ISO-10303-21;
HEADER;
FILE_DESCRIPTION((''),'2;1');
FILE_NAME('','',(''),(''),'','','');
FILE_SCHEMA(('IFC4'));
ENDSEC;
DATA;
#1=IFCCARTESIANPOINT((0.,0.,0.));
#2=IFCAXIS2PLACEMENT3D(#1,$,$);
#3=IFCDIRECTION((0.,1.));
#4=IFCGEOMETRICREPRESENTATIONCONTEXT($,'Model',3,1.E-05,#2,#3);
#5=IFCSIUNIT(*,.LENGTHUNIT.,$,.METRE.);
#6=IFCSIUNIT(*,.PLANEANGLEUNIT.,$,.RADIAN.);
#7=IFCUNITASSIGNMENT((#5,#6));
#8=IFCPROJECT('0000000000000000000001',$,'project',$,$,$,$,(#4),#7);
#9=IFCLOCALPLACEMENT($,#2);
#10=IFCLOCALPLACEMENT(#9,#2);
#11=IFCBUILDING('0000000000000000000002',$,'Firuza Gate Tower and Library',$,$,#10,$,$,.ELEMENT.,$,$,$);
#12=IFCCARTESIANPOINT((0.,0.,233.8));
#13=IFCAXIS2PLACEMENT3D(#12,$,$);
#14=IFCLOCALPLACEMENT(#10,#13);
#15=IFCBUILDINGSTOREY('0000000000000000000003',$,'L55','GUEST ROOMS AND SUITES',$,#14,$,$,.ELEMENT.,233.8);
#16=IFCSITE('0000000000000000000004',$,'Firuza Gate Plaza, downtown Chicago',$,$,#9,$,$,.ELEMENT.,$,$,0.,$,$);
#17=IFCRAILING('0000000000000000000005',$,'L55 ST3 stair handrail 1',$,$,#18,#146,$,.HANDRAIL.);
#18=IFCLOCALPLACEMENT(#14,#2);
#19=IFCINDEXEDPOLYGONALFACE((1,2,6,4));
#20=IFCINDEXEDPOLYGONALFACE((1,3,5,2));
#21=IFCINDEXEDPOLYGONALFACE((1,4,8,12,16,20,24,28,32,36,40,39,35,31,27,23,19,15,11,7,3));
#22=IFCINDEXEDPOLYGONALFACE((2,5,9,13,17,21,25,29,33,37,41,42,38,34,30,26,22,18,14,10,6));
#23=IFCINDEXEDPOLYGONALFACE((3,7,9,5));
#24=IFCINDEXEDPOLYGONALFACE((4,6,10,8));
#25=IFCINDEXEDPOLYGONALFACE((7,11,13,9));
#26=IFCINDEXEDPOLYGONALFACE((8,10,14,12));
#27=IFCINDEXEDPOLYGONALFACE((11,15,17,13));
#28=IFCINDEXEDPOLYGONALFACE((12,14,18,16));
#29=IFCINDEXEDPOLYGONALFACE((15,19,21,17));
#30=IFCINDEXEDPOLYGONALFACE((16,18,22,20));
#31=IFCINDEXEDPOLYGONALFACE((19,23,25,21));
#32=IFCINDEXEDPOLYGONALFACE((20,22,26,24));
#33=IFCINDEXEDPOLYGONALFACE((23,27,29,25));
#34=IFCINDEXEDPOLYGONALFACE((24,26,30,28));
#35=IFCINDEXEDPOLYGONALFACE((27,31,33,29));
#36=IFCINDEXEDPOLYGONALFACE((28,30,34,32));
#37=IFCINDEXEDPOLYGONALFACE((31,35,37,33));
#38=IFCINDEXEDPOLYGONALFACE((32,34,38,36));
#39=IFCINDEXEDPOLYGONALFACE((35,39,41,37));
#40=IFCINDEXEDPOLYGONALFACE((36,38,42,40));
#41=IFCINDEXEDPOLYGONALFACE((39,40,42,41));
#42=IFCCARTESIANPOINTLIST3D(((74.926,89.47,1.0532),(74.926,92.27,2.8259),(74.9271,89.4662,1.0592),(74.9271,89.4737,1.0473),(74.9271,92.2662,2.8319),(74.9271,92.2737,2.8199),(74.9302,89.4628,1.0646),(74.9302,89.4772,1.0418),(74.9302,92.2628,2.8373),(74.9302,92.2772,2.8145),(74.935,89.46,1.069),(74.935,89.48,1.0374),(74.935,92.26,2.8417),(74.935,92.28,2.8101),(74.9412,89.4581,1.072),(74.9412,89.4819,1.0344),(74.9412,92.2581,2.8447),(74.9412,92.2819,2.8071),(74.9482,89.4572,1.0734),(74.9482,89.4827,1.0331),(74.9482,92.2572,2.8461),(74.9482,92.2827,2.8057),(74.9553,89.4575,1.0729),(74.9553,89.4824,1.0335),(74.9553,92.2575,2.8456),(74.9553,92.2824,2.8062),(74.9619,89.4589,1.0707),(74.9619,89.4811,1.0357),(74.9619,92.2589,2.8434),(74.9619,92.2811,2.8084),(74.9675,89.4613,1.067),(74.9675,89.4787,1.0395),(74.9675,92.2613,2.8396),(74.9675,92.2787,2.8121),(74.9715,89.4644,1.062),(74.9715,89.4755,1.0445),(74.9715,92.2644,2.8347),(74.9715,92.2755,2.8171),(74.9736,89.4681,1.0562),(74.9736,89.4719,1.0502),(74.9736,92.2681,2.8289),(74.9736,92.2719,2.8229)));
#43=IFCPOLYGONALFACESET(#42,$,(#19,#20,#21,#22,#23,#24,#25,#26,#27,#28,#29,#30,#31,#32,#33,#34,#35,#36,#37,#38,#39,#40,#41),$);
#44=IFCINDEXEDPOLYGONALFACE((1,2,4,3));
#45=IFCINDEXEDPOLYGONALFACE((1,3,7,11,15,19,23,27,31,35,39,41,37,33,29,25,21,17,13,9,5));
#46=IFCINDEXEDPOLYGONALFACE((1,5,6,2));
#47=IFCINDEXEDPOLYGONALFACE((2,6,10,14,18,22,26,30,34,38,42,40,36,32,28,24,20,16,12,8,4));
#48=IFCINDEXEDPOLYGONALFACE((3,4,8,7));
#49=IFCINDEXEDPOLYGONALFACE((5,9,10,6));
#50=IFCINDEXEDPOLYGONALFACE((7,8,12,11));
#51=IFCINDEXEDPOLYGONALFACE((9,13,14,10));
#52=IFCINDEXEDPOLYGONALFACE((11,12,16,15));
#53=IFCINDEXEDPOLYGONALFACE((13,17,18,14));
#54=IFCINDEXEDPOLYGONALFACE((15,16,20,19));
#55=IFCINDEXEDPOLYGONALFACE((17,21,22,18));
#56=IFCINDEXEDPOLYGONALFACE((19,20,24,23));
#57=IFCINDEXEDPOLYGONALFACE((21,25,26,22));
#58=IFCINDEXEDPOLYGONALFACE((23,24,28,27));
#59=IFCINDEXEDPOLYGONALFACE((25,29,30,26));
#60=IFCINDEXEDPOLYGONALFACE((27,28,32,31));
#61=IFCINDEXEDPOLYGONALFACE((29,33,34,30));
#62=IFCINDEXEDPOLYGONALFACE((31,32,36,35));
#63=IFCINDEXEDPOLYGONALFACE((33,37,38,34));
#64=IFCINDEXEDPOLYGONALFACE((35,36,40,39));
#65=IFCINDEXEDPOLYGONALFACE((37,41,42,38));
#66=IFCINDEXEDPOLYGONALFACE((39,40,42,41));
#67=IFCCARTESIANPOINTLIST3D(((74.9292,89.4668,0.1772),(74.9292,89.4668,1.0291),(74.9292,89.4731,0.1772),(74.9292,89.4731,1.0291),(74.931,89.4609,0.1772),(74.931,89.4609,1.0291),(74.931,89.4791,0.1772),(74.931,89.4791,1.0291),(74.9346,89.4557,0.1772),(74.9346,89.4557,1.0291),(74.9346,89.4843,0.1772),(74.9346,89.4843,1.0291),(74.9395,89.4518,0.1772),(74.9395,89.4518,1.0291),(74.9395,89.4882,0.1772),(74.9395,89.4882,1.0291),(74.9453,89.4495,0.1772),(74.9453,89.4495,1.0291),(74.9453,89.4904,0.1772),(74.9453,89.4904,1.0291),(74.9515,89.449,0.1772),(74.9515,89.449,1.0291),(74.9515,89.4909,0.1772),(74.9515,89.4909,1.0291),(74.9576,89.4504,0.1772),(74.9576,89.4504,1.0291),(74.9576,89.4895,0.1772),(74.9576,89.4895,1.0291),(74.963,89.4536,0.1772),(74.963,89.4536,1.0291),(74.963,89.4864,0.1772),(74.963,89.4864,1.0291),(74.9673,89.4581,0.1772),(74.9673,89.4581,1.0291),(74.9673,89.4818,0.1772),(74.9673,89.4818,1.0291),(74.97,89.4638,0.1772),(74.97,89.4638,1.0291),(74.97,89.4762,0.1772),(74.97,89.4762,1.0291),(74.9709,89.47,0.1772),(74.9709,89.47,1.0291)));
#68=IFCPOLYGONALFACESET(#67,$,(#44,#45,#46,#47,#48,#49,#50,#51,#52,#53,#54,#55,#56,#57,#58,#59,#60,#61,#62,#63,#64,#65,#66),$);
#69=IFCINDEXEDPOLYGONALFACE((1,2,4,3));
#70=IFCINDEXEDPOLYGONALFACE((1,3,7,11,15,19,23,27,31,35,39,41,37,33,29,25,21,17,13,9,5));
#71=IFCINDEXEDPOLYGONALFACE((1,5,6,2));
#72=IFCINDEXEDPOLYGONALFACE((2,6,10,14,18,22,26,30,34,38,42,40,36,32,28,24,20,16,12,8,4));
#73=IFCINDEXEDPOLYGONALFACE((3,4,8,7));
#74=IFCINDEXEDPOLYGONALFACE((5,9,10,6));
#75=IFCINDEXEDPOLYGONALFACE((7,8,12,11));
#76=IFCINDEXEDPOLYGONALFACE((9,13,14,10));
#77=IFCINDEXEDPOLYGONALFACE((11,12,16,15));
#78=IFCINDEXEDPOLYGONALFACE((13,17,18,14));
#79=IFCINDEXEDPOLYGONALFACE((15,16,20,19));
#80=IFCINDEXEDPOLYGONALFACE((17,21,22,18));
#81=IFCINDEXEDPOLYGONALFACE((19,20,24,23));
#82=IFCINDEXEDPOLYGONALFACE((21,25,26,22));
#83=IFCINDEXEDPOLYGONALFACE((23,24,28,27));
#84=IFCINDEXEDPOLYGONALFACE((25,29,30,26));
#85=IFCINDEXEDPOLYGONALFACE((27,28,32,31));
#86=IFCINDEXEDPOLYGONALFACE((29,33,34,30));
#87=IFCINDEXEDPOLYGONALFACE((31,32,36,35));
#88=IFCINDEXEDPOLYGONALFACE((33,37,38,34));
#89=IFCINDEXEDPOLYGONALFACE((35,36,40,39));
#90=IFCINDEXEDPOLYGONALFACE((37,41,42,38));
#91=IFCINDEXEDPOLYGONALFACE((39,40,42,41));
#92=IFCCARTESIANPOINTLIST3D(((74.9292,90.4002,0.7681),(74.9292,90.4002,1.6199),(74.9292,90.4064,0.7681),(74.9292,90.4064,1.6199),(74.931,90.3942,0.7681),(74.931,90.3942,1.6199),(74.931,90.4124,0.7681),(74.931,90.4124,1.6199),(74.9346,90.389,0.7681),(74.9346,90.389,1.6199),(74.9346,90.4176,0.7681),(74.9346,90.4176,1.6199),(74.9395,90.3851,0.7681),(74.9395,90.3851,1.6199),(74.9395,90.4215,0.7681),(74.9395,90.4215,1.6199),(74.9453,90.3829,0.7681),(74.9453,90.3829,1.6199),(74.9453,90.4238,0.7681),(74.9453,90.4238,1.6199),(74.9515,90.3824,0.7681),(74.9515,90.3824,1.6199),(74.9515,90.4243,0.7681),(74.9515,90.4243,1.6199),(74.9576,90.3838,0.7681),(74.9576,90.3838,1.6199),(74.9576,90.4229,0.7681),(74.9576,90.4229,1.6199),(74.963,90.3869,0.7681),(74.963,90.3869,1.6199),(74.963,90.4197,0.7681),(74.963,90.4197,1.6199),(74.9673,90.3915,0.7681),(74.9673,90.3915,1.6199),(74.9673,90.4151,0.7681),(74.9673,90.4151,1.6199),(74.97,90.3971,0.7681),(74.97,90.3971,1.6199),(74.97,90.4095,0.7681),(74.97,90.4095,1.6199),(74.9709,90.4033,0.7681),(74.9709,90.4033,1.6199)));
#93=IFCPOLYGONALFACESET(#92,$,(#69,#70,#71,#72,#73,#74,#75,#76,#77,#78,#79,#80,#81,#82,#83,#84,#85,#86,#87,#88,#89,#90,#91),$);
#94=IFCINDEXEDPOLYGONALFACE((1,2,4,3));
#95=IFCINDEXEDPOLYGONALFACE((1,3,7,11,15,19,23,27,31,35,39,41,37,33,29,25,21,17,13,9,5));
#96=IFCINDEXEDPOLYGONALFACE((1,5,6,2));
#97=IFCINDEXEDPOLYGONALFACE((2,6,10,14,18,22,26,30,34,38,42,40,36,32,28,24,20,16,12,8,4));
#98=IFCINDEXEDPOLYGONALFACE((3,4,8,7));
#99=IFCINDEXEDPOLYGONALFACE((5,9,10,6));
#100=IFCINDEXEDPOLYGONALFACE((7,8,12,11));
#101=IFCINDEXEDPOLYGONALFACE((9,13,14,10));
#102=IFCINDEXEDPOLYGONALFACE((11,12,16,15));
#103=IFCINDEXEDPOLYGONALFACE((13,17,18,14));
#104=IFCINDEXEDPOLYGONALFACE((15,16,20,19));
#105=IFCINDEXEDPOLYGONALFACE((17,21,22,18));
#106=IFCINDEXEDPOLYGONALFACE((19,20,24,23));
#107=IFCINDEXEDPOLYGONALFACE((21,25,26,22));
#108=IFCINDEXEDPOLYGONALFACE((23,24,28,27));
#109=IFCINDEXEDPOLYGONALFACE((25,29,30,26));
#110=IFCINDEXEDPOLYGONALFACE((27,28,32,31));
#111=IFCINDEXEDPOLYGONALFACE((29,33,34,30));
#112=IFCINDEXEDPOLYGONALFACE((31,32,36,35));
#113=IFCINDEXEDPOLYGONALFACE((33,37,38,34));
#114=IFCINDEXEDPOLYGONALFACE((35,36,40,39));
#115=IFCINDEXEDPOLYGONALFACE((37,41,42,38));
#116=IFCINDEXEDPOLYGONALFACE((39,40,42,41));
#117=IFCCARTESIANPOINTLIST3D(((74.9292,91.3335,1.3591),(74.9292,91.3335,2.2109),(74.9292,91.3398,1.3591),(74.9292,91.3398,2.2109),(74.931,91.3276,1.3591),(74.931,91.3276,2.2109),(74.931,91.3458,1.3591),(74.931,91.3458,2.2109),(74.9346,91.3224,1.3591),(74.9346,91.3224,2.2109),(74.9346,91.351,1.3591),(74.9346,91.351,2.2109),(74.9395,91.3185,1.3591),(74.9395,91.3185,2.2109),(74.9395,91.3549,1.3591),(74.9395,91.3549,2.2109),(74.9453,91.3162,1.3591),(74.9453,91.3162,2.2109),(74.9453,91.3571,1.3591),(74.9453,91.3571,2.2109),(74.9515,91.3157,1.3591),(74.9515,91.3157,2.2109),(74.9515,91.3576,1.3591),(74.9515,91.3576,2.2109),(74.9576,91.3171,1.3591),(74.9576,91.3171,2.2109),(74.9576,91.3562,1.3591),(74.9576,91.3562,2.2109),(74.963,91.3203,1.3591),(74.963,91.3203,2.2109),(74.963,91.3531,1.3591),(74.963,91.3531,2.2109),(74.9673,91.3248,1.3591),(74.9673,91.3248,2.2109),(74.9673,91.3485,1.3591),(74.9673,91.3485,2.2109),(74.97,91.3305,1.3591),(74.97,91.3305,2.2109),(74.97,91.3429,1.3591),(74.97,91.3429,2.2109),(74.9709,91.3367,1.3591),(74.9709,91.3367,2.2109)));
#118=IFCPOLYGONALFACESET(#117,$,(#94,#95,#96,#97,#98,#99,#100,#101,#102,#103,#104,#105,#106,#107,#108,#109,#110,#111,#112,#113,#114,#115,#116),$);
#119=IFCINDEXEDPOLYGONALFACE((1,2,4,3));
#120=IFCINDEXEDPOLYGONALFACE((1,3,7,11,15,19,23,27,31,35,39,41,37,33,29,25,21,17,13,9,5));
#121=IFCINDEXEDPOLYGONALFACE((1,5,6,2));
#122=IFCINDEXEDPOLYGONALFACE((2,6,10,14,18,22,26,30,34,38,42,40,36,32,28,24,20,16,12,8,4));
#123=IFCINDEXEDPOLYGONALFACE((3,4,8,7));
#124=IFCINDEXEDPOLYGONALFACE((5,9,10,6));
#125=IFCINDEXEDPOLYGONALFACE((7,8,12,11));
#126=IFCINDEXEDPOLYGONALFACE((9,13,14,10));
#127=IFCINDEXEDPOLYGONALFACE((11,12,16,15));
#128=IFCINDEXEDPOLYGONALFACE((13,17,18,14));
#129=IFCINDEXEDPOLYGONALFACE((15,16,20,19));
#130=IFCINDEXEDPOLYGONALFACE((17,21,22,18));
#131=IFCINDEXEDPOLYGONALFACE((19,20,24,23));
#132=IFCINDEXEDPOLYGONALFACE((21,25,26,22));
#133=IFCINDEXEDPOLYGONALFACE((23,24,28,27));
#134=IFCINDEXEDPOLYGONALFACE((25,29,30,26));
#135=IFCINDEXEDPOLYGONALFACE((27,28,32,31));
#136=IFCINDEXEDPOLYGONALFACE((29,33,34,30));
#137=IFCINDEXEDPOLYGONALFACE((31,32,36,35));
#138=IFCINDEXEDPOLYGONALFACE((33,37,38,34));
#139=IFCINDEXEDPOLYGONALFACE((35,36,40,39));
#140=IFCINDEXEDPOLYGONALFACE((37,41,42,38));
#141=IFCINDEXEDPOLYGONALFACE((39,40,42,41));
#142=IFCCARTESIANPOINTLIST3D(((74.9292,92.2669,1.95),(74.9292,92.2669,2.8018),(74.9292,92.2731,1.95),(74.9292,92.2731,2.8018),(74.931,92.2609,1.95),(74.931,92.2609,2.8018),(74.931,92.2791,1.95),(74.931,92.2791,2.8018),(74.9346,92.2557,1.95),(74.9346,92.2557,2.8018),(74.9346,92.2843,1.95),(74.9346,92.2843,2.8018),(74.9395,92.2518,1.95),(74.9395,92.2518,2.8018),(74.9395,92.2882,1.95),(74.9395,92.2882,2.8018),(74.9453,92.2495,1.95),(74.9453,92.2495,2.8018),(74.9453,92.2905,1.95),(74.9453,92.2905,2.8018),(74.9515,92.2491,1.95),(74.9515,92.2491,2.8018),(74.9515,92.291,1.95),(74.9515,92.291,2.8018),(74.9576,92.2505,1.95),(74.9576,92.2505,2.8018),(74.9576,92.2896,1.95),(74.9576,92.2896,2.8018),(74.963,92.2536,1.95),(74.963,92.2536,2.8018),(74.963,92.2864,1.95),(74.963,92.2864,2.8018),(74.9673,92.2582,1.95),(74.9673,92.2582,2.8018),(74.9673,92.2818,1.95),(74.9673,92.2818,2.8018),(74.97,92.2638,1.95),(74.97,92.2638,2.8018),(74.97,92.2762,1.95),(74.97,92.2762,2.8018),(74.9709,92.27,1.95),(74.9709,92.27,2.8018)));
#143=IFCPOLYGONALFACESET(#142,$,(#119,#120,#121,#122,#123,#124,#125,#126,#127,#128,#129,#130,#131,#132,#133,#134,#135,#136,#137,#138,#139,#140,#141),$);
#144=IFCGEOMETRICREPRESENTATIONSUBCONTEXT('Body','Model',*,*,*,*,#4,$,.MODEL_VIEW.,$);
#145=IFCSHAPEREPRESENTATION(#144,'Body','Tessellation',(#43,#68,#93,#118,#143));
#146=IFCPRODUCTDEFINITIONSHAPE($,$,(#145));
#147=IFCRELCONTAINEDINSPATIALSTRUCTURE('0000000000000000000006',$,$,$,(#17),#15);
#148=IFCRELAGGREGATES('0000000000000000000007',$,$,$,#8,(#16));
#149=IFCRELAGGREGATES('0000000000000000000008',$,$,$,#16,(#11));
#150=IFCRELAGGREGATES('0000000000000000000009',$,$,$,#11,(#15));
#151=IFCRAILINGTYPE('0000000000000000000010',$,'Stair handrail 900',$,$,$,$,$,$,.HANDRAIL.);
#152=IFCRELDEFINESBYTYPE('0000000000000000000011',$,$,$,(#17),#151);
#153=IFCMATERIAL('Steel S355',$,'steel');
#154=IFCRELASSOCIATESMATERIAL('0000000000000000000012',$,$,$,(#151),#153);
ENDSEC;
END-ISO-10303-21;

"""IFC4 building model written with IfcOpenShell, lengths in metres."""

from ifc_helpers import new_model, si_unit, direction, frame, origin, origin_2d, place, context, subcontext, project, spatial, circle, extrude, material, type_object, element, save


model = new_model("IFC4")

# Units and contexts
model_context = context("Model", 3, precision=1e-05, world=origin(), true_north=direction((0.0, 1.0)))
body_context = subcontext(model_context, "Body", "Model", "MODEL_VIEW")
ifc_project = project(units=[si_unit("LENGTHUNIT", "METRE"), si_unit("PLANEANGLEUNIT", "RADIAN")], contexts=[model_context])

# Site, building, storey
site_placement = place(None, origin())
site = spatial("IfcSite", under=ifc_project, at=site_placement, Name="Firuza Gate Plaza, downtown Chicago", CompositionType="ELEMENT", RefElevation=0.0)
building_placement = place(site_placement, origin())
building = spatial("IfcBuilding", under=site, at=building_placement, Name="Firuza Gate Tower and Library", CompositionType="ELEMENT")
storey_placement = place(building_placement, frame((0.0, 0.0, 233.8)))
storey = spatial("IfcBuildingStorey", under=building, at=storey_placement, Name="L55", Description="GUEST ROOMS AND SUITES", CompositionType="ELEMENT", Elevation=233.8)

# Railing
ifc_material_1 = material(Name="Steel S355", Category="steel")
railing_type = type_object("IfcRailingType", Name="Stair handrail 900", PredefinedType="HANDRAIL", material=ifc_material_1)
railing_placement = place(storey_placement, frame((74.95, 89.47, 0.1772)))
element("IfcRailing", 1, at=railing_placement, inside=storey, type_object=railing_type, Name="L55 ST3 stair handrail 1", PredefinedType="HANDRAIL", context=body_context, shape_type="SweptSolid", body=[
    extrude(circle(Radius=0.0239, at=origin_2d()), frame((0.0, 0.0, 0.876), z_axis=(0.0, 0.844909, 0.53491), x_axis=(-1.0, 0.0, 0.0)), (0.0, 0.0, 1.0), 3.314),
    extrude(circle(Radius=0.021, at=origin_2d()), origin(), (0.0, 0.0, 1.0), 0.8518),
    extrude(circle(Radius=0.021, at=origin_2d()), frame((0.0, 0.9333, 0.5908)), (0.0, 0.0, 1.0), 0.8518),
    extrude(circle(Radius=0.021, at=origin_2d()), frame((0.0, 1.8667, 1.1819)), (0.0, 0.0, 1.0), 0.8518),
    extrude(circle(Radius=0.021, at=origin_2d()), frame((0.0, 2.8, 1.7727)), (0.0, 0.0, 1.0), 0.8518),
])

save(model, "model.ifc")
